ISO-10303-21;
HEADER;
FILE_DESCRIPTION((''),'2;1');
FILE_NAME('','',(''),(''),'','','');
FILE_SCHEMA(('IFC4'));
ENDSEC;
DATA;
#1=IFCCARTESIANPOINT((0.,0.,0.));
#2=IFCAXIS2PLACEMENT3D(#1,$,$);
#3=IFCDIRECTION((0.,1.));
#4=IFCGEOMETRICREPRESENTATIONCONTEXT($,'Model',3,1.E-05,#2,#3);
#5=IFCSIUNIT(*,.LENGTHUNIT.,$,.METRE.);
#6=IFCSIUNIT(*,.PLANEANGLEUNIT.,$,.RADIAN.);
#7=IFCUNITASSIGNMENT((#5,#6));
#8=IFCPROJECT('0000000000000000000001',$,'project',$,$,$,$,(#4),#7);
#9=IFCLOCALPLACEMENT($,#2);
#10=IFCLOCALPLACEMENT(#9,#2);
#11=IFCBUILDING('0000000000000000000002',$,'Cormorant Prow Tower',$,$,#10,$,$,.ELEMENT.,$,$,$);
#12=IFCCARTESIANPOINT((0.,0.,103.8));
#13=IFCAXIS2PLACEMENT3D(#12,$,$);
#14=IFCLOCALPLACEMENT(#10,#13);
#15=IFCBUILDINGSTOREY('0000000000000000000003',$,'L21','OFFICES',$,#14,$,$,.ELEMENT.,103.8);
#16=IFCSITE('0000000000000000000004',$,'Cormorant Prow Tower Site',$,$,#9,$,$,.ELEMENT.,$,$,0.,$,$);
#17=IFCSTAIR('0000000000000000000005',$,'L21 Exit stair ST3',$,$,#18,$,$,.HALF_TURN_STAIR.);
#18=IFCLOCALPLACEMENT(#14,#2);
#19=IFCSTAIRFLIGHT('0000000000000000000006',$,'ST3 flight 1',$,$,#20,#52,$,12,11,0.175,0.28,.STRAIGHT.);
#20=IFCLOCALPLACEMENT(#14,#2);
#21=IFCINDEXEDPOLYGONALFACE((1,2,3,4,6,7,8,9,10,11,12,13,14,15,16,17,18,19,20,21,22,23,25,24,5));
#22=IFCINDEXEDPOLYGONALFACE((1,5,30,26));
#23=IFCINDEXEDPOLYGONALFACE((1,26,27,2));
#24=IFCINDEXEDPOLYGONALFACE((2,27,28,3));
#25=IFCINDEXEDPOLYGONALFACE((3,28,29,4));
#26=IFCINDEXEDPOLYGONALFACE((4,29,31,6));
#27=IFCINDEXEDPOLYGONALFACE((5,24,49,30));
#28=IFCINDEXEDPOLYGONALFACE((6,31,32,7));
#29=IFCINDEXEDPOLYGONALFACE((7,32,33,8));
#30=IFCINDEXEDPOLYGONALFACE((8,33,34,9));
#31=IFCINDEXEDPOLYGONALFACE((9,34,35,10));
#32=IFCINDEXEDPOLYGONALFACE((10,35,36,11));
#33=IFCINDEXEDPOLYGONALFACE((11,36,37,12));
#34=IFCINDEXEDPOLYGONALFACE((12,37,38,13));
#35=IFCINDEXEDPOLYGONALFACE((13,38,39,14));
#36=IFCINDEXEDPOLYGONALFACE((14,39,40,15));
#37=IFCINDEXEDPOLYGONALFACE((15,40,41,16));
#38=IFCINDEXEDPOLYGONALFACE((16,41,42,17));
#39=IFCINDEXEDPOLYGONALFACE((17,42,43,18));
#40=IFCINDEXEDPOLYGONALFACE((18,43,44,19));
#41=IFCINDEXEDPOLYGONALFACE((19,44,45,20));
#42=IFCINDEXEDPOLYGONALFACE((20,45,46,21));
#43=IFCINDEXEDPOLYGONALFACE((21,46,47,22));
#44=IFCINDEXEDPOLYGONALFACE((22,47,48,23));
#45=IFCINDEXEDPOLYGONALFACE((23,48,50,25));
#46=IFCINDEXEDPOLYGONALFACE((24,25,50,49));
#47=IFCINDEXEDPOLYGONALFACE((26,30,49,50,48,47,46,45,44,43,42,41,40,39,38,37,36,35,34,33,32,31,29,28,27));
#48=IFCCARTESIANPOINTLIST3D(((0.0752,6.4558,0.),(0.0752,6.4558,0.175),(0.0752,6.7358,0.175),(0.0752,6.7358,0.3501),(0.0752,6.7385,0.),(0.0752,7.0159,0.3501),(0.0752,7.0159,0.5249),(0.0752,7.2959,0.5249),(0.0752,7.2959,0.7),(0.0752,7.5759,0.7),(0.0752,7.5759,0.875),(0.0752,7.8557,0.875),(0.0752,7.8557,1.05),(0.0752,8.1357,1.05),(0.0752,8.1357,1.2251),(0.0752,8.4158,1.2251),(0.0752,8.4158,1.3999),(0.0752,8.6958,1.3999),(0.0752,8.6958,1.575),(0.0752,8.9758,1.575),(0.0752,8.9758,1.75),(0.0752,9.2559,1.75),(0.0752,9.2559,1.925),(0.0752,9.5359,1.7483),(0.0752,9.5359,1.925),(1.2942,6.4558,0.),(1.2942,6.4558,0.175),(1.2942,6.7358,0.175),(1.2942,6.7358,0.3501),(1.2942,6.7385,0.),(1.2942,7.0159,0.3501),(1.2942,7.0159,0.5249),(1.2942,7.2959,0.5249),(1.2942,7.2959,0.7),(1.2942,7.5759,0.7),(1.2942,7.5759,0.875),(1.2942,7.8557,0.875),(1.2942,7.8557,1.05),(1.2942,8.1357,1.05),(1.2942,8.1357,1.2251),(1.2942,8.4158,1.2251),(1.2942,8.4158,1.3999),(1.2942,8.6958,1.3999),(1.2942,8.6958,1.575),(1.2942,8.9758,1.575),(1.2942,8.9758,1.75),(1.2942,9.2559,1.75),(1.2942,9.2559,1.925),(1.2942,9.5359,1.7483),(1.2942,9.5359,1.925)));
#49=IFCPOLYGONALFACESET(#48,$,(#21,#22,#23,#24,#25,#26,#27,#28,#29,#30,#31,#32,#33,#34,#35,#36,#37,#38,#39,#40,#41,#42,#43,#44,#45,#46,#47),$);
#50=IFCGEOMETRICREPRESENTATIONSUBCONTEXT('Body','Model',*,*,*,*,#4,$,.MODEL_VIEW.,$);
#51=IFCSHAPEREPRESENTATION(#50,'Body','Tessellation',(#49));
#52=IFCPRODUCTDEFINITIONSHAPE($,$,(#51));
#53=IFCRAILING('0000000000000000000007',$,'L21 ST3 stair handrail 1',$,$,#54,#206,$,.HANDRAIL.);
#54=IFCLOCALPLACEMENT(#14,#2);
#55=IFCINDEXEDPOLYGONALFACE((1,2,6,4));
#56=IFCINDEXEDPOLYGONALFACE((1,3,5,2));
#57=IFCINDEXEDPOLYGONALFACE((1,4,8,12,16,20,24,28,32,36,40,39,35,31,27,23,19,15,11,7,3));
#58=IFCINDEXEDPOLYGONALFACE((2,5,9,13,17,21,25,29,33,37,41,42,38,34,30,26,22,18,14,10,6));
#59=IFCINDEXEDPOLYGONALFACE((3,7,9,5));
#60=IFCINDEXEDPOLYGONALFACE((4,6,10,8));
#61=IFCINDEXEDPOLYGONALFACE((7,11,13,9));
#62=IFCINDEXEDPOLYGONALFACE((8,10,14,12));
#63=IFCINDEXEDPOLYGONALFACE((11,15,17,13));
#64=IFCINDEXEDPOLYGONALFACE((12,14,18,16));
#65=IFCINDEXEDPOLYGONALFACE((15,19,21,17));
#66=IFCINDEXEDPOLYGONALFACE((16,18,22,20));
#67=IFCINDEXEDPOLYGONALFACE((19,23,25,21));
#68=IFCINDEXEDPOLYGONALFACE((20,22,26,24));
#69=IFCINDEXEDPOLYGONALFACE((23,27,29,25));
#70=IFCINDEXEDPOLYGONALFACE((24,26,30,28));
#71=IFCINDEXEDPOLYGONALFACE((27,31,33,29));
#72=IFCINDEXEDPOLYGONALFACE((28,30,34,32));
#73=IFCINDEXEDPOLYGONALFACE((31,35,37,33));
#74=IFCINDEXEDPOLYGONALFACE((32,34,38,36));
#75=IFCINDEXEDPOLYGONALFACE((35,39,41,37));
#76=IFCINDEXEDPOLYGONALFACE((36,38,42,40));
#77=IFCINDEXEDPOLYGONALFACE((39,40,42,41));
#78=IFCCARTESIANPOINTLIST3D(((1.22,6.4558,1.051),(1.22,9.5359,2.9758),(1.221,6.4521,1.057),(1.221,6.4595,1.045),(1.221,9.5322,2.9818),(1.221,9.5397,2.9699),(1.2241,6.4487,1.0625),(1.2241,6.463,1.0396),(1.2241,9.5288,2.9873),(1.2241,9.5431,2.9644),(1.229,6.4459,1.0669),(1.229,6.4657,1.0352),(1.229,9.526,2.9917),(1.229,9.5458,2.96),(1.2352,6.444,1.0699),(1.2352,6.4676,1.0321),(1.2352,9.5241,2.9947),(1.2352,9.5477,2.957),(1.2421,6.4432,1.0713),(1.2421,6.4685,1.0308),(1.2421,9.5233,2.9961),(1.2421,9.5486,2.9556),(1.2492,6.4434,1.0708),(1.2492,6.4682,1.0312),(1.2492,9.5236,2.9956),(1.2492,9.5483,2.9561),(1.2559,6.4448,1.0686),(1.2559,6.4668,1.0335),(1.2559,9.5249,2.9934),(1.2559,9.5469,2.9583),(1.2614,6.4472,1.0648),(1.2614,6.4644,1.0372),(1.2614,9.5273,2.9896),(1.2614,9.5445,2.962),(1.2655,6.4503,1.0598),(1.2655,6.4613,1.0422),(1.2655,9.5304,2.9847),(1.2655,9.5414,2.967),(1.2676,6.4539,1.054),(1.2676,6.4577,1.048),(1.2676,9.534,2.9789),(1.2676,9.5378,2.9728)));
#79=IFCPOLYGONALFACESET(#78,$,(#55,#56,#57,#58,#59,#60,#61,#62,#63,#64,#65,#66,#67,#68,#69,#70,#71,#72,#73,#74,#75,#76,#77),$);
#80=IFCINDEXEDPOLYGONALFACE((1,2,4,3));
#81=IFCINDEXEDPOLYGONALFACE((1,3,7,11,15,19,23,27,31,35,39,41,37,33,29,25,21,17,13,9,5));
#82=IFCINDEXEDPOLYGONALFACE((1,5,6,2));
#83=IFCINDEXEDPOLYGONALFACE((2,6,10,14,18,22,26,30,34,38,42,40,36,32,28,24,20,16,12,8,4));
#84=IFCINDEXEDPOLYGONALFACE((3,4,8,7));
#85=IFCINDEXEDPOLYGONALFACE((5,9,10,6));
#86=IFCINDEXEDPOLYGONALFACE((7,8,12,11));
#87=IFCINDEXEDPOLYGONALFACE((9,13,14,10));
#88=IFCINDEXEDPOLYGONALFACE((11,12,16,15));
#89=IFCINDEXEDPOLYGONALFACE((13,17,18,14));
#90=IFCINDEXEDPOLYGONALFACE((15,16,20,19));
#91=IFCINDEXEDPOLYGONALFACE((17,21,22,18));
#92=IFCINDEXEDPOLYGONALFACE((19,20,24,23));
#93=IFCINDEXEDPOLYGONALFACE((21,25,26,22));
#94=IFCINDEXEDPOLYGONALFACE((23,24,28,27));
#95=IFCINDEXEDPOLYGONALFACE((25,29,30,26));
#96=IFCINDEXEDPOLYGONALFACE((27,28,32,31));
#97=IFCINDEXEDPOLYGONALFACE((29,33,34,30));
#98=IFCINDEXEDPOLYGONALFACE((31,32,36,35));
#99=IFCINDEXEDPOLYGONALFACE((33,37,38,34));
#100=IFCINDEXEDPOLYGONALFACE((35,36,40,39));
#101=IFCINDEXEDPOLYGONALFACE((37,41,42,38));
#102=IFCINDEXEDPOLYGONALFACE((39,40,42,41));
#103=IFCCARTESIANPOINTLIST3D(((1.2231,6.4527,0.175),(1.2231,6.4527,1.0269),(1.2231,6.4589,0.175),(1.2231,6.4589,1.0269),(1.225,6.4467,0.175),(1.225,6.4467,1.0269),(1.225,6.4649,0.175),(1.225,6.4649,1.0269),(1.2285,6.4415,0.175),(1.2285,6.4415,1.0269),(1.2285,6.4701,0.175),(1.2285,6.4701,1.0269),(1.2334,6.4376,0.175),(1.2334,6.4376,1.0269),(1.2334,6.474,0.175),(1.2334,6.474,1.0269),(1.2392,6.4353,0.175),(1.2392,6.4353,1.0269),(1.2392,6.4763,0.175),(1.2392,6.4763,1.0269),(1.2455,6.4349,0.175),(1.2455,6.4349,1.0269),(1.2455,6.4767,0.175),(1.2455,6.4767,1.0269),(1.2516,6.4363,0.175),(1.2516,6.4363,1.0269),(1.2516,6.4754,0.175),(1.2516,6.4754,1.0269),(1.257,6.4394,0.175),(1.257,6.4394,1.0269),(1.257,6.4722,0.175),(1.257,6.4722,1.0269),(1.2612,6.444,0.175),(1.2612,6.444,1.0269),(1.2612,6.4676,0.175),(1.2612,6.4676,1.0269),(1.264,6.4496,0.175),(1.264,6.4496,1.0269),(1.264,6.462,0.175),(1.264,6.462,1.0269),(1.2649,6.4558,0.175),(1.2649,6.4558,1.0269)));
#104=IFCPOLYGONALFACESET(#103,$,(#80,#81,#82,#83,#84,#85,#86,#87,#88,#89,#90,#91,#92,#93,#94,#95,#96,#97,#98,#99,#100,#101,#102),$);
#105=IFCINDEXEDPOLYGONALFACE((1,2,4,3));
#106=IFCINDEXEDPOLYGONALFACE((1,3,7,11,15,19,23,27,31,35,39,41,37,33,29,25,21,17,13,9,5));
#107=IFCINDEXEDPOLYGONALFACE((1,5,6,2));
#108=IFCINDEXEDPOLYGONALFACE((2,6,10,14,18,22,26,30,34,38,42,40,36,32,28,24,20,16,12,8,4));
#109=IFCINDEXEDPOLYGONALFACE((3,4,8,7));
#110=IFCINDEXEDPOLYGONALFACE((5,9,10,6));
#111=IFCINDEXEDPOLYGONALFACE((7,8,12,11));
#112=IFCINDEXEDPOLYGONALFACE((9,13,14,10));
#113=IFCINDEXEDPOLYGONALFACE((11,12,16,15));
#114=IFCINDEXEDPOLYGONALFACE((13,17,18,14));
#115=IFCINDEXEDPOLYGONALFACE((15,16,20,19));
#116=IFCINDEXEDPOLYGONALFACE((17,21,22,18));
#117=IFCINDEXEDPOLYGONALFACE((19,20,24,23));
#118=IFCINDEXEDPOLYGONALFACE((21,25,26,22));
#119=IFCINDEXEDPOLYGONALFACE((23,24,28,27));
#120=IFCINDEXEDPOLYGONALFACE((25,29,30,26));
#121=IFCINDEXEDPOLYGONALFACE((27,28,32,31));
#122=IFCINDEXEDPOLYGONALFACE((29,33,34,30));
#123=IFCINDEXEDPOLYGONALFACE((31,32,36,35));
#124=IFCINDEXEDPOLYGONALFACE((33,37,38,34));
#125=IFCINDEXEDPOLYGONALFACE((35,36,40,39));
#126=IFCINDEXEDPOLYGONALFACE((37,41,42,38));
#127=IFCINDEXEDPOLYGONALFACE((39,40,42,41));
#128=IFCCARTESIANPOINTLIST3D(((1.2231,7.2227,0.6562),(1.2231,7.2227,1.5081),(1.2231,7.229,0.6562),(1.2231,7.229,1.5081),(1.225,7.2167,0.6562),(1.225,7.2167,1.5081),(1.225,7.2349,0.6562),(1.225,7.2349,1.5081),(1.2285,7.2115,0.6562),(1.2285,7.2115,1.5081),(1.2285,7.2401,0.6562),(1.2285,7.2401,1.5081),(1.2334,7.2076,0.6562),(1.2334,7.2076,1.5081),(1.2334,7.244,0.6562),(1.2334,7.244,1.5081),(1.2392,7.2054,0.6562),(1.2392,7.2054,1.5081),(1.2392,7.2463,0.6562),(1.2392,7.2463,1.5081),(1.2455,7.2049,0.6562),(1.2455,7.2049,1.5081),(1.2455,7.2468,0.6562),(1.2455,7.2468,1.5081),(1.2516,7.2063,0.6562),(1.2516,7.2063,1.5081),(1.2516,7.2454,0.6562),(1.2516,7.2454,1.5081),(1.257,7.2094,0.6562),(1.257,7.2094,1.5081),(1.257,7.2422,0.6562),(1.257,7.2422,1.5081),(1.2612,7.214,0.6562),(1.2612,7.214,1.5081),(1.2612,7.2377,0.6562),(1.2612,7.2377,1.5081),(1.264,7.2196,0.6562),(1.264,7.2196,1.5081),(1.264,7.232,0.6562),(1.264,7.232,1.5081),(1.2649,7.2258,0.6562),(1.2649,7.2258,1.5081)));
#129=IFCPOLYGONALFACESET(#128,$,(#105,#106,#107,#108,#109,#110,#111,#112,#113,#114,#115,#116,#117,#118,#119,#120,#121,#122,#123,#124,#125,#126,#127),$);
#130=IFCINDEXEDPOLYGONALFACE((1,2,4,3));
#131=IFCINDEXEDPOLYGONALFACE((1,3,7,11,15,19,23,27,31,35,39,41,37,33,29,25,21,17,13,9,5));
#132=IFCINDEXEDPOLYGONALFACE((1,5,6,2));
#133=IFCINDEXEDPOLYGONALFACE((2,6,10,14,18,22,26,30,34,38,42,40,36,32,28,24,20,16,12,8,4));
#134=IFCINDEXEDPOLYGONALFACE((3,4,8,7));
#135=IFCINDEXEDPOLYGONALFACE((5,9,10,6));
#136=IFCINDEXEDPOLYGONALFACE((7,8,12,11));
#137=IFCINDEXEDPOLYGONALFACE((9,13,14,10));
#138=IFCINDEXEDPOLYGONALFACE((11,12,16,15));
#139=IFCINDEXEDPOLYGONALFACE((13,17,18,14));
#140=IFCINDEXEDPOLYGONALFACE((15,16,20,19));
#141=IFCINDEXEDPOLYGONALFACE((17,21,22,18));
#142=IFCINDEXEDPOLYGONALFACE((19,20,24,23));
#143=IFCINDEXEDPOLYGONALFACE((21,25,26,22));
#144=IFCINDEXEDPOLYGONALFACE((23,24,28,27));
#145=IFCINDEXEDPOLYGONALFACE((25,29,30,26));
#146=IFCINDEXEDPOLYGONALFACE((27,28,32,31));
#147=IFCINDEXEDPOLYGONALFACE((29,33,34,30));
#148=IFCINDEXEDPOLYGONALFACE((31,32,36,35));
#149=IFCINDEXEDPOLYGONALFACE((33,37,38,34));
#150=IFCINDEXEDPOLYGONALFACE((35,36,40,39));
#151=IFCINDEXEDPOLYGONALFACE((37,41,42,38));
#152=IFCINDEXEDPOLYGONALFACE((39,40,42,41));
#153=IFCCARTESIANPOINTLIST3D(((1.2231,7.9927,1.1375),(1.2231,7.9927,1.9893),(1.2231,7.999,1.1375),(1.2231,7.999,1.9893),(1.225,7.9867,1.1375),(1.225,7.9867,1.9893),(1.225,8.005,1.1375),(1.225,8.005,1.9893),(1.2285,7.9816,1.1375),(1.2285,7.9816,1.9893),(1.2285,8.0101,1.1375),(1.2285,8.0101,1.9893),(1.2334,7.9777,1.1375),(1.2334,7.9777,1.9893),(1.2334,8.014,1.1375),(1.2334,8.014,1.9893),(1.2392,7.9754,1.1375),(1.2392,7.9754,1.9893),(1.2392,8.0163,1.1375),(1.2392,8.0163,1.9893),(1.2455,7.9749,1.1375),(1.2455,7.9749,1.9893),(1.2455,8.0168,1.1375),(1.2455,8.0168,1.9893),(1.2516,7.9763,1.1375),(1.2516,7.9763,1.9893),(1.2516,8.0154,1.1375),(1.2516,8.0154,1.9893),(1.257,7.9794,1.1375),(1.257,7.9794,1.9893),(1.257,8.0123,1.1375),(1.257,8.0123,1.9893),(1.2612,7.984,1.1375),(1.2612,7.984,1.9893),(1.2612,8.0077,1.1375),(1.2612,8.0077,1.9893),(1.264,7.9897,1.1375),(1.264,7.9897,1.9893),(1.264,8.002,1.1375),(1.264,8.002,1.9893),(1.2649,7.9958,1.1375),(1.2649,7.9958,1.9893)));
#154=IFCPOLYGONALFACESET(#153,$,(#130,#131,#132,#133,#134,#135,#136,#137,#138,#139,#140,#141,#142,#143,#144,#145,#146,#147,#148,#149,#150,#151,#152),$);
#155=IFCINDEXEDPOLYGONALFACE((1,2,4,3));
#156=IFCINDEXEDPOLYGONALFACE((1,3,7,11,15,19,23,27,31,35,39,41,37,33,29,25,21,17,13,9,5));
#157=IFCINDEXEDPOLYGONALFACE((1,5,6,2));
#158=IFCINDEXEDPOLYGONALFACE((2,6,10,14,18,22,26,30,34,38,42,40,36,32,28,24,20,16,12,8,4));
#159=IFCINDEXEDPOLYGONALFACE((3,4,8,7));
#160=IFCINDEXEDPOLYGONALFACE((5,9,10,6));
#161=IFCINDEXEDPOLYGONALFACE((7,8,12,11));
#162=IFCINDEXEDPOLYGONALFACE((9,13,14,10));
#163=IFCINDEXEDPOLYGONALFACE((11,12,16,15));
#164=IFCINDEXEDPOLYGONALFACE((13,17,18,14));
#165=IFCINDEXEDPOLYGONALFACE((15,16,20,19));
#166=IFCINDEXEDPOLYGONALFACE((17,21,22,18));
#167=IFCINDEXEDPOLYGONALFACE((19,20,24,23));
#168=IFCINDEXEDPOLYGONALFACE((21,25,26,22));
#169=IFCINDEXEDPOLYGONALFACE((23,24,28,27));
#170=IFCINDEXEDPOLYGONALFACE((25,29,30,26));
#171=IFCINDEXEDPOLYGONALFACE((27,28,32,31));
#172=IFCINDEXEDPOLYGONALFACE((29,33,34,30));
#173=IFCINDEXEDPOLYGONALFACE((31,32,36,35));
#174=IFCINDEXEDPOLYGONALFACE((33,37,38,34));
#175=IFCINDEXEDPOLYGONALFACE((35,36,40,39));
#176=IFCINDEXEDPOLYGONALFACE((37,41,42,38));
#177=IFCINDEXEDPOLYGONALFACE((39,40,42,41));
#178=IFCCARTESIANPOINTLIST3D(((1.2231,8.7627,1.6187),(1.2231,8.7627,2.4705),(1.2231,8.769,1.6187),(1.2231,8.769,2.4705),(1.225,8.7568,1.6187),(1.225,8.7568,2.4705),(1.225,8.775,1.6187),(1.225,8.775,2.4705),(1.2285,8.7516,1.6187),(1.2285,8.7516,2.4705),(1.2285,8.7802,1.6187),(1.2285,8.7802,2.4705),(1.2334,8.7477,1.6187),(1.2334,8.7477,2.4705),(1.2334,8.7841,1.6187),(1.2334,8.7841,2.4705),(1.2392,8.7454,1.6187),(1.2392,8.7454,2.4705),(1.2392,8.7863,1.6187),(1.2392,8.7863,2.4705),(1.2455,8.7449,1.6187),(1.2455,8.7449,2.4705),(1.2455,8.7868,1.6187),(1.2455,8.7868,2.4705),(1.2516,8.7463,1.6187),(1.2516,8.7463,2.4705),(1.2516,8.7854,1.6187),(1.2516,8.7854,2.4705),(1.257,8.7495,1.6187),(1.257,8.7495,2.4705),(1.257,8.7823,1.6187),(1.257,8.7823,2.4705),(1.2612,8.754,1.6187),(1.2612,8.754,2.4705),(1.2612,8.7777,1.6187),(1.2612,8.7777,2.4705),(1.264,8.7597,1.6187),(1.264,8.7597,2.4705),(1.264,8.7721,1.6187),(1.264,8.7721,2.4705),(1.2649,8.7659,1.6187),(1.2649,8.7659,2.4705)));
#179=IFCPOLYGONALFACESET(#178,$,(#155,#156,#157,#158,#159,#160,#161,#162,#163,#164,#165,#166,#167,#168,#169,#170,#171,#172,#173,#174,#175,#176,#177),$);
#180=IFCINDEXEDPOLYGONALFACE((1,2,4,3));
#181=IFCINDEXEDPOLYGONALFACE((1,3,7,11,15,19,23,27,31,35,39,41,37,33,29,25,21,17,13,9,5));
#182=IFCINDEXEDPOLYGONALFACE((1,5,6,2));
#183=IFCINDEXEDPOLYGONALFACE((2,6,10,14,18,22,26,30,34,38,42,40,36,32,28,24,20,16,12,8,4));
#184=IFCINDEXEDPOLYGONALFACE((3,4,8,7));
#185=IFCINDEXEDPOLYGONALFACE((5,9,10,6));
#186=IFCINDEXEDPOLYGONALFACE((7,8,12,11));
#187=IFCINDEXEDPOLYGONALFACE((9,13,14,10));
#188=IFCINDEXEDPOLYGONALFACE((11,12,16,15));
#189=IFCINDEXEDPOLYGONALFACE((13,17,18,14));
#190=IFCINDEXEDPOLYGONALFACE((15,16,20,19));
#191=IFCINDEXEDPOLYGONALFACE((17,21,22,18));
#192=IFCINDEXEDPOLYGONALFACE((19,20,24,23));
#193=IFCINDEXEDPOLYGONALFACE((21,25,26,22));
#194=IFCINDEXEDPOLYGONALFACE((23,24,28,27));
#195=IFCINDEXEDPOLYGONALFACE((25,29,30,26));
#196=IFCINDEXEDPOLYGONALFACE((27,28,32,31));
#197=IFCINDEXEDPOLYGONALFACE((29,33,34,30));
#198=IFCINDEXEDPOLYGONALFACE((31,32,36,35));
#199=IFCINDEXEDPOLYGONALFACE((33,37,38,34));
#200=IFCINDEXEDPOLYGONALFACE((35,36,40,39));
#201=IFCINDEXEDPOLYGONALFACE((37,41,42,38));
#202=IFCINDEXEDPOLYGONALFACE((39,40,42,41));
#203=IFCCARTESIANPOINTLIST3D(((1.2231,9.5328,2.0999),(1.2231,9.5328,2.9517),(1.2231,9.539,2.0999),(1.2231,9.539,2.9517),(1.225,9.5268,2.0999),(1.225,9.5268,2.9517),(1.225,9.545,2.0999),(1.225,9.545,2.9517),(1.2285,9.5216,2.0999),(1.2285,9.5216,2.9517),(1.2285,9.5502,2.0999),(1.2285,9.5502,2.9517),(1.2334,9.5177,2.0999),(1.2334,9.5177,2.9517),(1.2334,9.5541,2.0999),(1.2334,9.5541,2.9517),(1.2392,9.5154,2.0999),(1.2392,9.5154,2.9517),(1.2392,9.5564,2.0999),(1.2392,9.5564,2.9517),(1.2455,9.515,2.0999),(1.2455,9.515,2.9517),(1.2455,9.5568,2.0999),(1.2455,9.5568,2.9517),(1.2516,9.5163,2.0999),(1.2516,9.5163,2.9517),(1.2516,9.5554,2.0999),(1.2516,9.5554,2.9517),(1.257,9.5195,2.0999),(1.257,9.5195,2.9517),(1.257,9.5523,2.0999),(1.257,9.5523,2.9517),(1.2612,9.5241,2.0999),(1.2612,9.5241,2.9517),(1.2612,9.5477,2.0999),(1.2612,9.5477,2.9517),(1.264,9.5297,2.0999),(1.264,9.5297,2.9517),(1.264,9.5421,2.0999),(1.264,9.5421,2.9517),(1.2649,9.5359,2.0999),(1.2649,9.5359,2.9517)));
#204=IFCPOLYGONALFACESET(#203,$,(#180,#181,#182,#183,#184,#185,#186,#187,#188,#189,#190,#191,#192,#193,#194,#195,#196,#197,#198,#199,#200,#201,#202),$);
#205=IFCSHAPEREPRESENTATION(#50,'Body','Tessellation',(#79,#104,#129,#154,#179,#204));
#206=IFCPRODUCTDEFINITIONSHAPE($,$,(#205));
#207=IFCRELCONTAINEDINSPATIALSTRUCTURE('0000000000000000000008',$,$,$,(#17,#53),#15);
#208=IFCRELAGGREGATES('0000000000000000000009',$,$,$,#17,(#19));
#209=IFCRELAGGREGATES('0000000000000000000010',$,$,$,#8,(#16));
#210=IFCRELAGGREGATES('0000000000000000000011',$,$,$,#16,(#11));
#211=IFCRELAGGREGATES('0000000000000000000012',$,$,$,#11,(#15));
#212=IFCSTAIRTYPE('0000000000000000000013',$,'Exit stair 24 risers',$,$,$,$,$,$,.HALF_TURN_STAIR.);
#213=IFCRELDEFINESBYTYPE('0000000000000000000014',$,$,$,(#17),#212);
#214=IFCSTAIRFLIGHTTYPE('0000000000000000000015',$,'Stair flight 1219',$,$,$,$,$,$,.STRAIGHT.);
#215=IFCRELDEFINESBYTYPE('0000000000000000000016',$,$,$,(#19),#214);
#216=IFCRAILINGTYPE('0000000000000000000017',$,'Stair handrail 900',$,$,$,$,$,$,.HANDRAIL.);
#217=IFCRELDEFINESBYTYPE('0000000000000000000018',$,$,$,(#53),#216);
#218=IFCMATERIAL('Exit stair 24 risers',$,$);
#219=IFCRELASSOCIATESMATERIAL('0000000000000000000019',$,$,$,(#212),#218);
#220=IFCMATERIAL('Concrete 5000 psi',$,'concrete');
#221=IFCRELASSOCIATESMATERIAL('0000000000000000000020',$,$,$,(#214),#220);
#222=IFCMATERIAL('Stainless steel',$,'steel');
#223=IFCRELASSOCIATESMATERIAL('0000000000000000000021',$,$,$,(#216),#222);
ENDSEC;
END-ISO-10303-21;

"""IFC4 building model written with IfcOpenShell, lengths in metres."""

from ifc_helpers import new_model, si_unit, direction, frame, origin, origin_2d, place, context, subcontext, project, spatial, polyline, circle, outline, extrude, material, type_object, element, aggregate, save


model = new_model("IFC4")

# Units and contexts
model_context = context("Model", 3, precision=1e-05, world=origin(), true_north=direction((0.0, 1.0)))
body_context = subcontext(model_context, "Body", "Model", "MODEL_VIEW")
ifc_project = project(units=[si_unit("LENGTHUNIT", "METRE"), si_unit("PLANEANGLEUNIT", "RADIAN")], contexts=[model_context])

# Site, building, storey
site_placement = place(None, origin())
site = spatial("IfcSite", under=ifc_project, at=site_placement, Name="Cormorant Prow Tower Site", CompositionType="ELEMENT", RefElevation=0.0)
building_placement = place(site_placement, origin())
building = spatial("IfcBuilding", under=site, at=building_placement, Name="Cormorant Prow Tower", CompositionType="ELEMENT")
storey_placement = place(building_placement, frame((0.0, 0.0, 103.8)))
storey = spatial("IfcBuildingStorey", under=building, at=storey_placement, Name="L21", Description="OFFICES", CompositionType="ELEMENT", Elevation=103.8)

# Stair, stair flight
ifc_material_1 = material(Name="Exit stair 24 risers")
stair_type = type_object("IfcStairType", Name="Exit stair 24 risers", PredefinedType="HALF_TURN_STAIR", material=ifc_material_1)
stair_placement = place(storey_placement, origin())
stair = element("IfcStair", 1, at=stair_placement, inside=storey, type_object=stair_type, Name="L21 Exit stair ST3", PredefinedType="HALF_TURN_STAIR")
ifc_material_2 = material(Name="Concrete 5000 psi", Category="concrete")
stair_flight_type = type_object("IfcStairFlightType", Name="Stair flight 1219", PredefinedType="STRAIGHT", material=ifc_material_2)
stair_flight_placement = place(storey_placement, frame((0.6846, 6.4558, 0.0), z_axis=(0.0, 0.0, 1.0), x_axis=(0.0, 1.0, 0.0)))
stair_flight = element("IfcStairFlight", 2, at=stair_flight_placement, type_object=stair_flight_type, Name="ST3 flight 1", NumberOfRisers=12, NumberOfTreads=11, PredefinedType="STRAIGHT", RiserHeight=0.175, TreadLength=0.28, context=body_context, shape_type="SweptSolid", body=[
    extrude(outline(polyline([(0.0, 0.0), (0.0, 0.175), (0.28, 0.175), (0.28, 0.3501), (0.5601, 0.3501), (0.5601, 0.5249), (0.8401, 0.5249), (0.8401, 0.7), (1.1201, 0.7), (1.1201, 0.875), (1.3999, 0.875), (1.3999, 1.05), (1.6799, 1.05), (1.6799, 1.2251), (1.96, 1.2251), (1.96, 1.3999), (2.24, 1.3999), (2.24, 1.575), (2.52, 1.575), (2.52, 1.75), (2.8, 1.75), (2.8, 1.925), (3.0801, 1.925), (3.0801, 2.1001), (3.0801, 1.7483), (0.2827, 0.0), (0.0, 0.0)])), frame((0.0, 0.6094, 0.0), z_axis=(0.0, -1.0, 0.0), x_axis=(1.0, 0.0, 0.0)), (0.0, 0.0, 1.0), 1.219),
])
aggregate(stair, [stair_flight])

# Railing
ifc_material_3 = material(Name="Stainless steel", Category="steel")
railing_type_1 = type_object("IfcRailingType", Name="Stair handrail 900", PredefinedType="HANDRAIL", material=ifc_material_3)
railing_1_placement = place(storey_placement, frame((1.2439, 6.4558, 0.175)))
element("IfcRailing", 3, at=railing_1_placement, inside=storey, type_object=railing_type_1, Name="L21 ST3 stair handrail 1", PredefinedType="HANDRAIL", context=body_context, shape_type="SweptSolid", body=[
    extrude(circle(Radius=0.0239, at=origin_2d()), frame((0.0, 0.0, 0.876), z_axis=(0.0, 0.848029, 0.529951), x_axis=(-1.0, 0.0, 0.0)), (0.0, 0.0, 1.0), 3.6321),
    extrude(circle(Radius=0.021, at=origin_2d()), origin(), (0.0, 0.0, 1.0), 0.8518),
    extrude(circle(Radius=0.021, at=origin_2d()), frame((0.0, 0.77, 0.4812)), (0.0, 0.0, 1.0), 0.8518),
    extrude(circle(Radius=0.021, at=origin_2d()), frame((0.0, 1.54, 0.9624)), (0.0, 0.0, 1.0), 0.8518),
    extrude(circle(Radius=0.021, at=origin_2d()), frame((0.0, 2.3101, 1.4436)), (0.0, 0.0, 1.0), 0.8518),
    extrude(circle(Radius=0.021, at=origin_2d()), frame((0.0, 3.0801, 1.9248)), (0.0, 0.0, 1.0), 0.8518),
])

save(model, "model.ifc")
